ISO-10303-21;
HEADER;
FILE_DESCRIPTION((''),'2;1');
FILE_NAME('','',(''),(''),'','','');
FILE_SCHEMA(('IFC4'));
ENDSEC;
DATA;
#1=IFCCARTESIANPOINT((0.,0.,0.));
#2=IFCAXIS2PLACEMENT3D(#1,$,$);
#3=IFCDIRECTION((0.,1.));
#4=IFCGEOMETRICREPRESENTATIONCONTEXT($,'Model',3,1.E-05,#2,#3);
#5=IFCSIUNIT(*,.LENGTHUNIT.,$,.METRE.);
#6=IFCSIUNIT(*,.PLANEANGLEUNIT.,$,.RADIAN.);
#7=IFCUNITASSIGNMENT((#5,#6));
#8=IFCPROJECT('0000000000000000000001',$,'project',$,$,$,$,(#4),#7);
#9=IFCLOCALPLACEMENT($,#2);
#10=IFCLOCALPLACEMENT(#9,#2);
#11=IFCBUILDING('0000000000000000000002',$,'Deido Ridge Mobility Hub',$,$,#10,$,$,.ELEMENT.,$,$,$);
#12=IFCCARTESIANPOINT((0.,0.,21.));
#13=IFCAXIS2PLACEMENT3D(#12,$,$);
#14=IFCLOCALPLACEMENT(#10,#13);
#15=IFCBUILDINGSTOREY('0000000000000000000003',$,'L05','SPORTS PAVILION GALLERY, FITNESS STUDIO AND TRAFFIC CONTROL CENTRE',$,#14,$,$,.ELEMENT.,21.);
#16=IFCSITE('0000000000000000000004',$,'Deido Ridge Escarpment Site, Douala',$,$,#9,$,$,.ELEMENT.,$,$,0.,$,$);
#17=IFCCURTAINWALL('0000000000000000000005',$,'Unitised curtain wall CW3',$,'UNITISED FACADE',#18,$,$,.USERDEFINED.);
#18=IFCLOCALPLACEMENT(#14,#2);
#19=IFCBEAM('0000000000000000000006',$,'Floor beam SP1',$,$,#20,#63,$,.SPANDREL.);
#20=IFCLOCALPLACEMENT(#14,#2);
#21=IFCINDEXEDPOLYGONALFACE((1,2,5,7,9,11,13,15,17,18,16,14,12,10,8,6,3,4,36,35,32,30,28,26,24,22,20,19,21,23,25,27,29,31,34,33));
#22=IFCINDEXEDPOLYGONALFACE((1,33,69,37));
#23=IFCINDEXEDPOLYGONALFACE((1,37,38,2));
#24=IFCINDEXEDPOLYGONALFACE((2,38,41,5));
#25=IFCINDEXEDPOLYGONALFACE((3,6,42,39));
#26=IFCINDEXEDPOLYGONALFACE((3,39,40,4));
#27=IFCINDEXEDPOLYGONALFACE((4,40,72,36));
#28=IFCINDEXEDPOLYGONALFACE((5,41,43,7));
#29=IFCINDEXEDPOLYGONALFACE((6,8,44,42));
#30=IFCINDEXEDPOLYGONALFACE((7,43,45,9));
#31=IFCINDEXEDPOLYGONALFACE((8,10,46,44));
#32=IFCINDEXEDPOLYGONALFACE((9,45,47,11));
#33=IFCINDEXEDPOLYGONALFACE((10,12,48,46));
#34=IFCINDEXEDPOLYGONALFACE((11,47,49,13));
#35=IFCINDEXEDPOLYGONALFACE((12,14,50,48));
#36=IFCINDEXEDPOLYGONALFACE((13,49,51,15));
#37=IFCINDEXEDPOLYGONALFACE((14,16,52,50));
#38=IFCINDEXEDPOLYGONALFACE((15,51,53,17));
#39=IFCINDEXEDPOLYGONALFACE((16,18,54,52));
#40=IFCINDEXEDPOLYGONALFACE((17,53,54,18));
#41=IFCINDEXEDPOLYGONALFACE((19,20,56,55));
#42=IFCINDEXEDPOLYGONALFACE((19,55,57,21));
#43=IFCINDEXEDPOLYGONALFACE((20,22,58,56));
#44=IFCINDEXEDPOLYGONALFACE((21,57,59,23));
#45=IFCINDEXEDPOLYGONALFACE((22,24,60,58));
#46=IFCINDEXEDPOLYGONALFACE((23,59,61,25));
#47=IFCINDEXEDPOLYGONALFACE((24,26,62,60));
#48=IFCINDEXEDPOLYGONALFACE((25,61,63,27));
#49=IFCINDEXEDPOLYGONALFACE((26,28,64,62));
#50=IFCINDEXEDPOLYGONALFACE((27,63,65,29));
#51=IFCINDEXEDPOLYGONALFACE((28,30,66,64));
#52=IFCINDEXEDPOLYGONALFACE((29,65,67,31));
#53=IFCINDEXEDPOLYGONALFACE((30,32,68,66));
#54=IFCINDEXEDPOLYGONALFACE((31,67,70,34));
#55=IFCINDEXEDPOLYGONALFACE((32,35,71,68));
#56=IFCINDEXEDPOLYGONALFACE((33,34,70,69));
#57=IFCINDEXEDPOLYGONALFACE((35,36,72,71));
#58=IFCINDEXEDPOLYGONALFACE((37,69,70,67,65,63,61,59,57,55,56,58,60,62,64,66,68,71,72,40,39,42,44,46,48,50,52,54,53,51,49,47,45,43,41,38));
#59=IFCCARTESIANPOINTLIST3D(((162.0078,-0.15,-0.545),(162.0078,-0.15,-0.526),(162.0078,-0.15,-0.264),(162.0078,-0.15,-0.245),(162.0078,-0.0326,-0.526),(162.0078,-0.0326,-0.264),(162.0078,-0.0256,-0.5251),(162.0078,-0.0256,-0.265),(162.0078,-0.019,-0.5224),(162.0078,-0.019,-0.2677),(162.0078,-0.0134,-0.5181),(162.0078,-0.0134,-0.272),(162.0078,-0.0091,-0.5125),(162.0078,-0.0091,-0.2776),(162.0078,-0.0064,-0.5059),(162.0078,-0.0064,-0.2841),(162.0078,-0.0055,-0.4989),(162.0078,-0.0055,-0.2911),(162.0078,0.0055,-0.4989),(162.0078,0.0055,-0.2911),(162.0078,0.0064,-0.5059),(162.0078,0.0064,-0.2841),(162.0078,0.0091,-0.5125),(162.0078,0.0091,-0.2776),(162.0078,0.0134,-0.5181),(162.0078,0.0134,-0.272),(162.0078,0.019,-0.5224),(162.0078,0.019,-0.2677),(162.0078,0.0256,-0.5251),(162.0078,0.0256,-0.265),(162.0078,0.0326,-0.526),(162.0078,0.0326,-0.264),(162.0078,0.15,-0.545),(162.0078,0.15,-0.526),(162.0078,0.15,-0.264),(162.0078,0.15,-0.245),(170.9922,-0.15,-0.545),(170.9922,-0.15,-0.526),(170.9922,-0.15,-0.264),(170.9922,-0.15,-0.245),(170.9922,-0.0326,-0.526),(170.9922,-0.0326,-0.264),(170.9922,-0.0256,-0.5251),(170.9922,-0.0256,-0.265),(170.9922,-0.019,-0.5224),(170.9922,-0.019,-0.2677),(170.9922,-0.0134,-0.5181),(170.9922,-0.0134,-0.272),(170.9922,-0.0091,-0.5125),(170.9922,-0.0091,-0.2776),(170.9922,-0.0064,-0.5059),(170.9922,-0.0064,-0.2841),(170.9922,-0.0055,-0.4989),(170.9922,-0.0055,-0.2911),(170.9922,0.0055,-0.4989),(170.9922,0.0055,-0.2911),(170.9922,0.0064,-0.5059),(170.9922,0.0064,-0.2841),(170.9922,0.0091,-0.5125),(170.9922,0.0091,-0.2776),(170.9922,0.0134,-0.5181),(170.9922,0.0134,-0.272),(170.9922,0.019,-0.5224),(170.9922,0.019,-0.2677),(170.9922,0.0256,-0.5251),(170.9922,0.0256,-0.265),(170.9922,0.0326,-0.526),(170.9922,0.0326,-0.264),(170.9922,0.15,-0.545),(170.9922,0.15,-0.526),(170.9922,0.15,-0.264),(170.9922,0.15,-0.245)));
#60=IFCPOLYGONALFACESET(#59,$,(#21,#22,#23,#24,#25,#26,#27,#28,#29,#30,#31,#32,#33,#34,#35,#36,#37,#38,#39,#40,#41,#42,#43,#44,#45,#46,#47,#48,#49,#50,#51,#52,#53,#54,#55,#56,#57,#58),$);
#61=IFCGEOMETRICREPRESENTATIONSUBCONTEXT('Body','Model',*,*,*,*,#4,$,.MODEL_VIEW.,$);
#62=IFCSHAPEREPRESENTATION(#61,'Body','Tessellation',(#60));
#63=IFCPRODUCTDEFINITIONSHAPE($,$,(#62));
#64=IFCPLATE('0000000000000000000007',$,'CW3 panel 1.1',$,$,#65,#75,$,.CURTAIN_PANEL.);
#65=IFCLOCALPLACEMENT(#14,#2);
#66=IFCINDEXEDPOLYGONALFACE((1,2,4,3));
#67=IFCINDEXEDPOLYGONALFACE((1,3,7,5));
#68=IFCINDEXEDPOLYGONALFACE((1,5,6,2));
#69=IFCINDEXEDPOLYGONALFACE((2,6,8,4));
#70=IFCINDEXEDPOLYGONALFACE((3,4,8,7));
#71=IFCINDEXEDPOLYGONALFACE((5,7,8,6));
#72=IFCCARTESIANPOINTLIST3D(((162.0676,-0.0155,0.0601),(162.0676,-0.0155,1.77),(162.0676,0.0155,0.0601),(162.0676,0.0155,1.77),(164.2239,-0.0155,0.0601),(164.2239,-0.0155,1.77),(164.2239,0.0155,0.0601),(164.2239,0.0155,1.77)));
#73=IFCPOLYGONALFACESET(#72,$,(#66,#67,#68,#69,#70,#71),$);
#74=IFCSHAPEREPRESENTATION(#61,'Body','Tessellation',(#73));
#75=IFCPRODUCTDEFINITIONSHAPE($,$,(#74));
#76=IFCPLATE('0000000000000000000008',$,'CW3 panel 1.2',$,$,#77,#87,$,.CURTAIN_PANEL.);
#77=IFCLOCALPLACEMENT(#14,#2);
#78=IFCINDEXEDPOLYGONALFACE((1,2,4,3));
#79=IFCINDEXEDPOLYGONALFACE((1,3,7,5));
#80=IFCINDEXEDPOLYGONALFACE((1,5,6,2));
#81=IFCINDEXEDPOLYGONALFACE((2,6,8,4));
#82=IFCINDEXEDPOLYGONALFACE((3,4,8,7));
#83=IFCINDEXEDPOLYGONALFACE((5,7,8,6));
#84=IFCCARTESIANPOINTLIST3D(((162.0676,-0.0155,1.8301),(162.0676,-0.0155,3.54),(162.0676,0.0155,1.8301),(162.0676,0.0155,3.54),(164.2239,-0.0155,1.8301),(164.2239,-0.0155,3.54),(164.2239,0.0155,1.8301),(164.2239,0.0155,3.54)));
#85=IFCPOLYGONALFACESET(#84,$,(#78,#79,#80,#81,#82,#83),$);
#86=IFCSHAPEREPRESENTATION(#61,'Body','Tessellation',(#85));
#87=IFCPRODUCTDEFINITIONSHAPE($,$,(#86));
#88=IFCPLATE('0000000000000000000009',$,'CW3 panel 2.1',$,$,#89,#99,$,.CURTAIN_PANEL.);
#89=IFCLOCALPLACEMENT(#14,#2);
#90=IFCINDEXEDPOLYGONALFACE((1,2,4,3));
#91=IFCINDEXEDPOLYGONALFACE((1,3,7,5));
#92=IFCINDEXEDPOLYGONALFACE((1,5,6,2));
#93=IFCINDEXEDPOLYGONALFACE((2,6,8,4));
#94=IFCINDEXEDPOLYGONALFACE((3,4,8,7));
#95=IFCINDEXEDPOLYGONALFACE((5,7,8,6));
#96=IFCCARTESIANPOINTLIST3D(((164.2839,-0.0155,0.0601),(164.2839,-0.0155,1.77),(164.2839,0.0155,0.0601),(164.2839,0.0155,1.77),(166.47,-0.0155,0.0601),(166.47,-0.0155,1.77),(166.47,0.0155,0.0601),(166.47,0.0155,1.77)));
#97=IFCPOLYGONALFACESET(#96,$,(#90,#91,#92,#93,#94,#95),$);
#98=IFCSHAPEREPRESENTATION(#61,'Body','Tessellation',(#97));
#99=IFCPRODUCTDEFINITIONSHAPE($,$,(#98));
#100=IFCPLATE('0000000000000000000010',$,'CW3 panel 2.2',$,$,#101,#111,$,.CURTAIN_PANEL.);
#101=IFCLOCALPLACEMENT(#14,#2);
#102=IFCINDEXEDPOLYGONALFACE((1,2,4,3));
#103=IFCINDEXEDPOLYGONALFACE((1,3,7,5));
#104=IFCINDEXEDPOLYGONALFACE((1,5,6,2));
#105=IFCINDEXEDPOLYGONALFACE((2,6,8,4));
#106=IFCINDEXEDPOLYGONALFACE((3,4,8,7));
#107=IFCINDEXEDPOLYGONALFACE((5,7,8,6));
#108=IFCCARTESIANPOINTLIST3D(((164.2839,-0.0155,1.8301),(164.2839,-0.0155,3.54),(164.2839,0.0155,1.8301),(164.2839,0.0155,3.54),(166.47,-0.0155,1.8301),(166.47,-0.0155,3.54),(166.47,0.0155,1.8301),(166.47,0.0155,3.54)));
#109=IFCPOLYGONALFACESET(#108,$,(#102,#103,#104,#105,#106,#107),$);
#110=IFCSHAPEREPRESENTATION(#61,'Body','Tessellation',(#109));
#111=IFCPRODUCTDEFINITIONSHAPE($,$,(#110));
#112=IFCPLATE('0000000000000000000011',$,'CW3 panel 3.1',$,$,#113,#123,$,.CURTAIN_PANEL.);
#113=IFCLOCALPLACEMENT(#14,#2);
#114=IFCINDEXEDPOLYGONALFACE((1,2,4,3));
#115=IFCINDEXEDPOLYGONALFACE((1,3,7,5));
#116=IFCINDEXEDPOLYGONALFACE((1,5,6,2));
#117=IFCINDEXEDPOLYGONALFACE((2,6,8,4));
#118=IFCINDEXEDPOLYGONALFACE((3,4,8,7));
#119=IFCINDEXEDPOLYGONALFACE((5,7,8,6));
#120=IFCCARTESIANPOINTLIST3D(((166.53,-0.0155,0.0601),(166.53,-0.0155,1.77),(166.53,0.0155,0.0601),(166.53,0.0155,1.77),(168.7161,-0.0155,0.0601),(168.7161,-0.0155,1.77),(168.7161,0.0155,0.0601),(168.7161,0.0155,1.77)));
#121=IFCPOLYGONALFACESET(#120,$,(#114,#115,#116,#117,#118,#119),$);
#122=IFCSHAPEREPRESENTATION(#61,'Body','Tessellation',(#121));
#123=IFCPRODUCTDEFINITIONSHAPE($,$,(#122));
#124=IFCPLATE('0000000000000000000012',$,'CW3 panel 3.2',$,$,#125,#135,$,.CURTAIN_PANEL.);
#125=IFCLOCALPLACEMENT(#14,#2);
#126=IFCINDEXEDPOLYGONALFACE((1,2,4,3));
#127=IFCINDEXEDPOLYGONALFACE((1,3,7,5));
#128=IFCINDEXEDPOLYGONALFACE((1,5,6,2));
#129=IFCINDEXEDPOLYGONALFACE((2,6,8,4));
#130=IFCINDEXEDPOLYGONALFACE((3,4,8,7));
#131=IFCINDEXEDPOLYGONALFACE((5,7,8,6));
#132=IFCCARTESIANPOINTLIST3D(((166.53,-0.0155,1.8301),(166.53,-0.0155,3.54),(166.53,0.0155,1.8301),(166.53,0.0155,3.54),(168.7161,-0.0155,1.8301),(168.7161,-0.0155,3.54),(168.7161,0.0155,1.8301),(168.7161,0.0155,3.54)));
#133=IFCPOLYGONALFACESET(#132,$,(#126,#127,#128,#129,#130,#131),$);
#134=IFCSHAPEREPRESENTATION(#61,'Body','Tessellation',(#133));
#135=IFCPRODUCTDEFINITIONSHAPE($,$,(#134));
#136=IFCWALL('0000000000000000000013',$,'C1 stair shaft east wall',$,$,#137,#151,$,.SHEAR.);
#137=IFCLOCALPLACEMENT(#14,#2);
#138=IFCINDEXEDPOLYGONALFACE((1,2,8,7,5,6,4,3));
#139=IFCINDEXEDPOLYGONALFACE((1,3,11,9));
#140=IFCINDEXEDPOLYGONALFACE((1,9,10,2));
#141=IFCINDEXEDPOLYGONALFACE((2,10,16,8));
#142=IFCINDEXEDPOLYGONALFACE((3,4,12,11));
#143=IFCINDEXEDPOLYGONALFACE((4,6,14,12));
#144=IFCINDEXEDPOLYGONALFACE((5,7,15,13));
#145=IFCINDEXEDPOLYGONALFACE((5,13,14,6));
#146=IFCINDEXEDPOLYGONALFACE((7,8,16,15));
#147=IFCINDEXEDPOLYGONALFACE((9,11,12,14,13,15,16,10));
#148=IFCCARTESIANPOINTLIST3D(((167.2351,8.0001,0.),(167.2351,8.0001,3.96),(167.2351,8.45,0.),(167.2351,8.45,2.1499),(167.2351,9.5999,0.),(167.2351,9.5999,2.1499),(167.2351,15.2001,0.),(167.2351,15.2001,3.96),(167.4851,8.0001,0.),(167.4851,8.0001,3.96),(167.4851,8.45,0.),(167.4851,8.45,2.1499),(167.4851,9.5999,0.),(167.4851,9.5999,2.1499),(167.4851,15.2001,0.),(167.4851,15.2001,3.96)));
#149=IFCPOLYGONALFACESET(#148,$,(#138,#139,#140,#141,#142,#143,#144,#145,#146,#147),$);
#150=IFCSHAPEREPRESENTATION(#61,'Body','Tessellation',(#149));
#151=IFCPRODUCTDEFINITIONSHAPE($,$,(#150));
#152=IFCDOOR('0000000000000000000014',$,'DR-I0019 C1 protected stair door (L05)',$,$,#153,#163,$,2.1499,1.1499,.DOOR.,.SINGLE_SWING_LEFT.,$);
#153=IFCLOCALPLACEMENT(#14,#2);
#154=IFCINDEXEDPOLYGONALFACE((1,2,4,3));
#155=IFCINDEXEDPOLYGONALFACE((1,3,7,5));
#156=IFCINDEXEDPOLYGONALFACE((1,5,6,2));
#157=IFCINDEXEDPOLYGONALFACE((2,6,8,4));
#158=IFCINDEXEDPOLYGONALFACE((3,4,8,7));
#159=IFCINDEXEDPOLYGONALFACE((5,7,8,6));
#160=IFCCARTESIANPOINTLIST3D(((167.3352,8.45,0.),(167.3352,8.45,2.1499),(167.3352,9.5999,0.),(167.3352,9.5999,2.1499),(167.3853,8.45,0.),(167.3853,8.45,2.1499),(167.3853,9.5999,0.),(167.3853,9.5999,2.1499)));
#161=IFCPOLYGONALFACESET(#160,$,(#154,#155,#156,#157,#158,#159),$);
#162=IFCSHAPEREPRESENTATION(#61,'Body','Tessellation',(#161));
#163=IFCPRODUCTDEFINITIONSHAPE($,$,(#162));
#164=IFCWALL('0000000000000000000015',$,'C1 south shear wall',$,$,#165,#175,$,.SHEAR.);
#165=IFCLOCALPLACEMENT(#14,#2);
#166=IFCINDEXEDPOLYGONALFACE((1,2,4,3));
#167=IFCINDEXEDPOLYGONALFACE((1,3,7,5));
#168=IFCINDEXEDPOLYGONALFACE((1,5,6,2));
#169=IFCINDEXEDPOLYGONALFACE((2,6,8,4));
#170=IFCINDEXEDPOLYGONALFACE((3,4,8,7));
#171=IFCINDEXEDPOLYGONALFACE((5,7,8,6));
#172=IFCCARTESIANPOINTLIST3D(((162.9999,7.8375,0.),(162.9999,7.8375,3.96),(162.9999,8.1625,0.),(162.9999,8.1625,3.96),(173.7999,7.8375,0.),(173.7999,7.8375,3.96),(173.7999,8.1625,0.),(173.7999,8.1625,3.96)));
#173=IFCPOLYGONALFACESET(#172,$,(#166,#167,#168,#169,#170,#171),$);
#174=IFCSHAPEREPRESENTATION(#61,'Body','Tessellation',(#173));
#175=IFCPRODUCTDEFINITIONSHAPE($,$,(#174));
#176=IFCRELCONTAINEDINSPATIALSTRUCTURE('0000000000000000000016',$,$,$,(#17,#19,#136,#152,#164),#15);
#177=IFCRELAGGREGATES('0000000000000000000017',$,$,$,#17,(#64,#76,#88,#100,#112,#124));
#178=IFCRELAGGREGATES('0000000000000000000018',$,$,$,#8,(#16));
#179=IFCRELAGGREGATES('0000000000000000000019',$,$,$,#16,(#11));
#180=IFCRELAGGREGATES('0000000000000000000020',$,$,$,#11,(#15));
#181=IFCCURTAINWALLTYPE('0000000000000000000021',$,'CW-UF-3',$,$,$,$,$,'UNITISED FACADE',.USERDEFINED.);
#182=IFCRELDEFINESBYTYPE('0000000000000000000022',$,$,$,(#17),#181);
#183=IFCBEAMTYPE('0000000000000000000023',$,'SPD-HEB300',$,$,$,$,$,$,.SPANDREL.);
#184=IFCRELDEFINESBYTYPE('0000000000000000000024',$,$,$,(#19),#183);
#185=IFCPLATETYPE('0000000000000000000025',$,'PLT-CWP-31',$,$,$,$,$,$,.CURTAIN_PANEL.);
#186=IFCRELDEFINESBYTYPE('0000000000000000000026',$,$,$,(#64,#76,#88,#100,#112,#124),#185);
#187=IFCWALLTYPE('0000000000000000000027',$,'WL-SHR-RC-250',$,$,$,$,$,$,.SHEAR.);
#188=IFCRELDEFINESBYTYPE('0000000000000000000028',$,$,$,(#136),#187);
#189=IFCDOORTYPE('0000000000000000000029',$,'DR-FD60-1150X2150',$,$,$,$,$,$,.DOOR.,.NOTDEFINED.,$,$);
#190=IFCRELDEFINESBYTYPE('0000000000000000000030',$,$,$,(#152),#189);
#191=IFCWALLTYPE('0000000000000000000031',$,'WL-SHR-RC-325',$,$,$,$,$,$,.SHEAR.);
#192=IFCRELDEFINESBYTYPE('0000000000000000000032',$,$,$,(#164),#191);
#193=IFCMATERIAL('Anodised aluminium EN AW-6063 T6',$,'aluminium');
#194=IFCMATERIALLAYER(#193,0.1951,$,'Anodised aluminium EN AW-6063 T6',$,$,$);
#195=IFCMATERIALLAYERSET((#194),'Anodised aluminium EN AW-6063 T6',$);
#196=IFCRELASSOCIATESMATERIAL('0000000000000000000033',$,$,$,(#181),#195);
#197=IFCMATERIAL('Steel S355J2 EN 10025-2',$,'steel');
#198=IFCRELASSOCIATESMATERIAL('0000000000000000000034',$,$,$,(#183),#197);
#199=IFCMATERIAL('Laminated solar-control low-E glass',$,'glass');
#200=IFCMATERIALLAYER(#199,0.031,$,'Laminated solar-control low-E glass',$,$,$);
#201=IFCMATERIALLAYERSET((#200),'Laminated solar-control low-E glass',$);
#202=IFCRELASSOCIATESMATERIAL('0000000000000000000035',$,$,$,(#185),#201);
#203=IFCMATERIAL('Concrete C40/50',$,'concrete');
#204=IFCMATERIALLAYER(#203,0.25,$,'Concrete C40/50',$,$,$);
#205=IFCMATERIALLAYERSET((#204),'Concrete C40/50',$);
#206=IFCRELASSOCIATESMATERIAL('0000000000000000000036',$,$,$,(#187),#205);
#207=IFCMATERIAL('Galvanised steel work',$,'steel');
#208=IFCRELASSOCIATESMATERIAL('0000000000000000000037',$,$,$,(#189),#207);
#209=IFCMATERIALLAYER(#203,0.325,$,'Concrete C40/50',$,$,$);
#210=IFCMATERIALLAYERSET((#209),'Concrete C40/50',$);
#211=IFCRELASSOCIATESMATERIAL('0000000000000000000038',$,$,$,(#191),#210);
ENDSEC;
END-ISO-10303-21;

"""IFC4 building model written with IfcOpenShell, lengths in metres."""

from ifc_helpers import new_model, si_unit, direction, frame, frame_2d, origin, origin_2d, place, context, subcontext, project, spatial, rectangle, i_section, extrude, material, layer, layer_set, material_profile, profile_set, type_object, element, fill, aggregate, save


model = new_model("IFC4")

# Units and contexts
model_context = context("Model", 3, precision=1e-05, world=origin(), true_north=direction((0.0, 1.0)))
body_context = subcontext(model_context, "Body", "Model", "MODEL_VIEW")
ifc_project = project(units=[si_unit("LENGTHUNIT", "METRE"), si_unit("PLANEANGLEUNIT", "RADIAN")], contexts=[model_context])

# Site, building, storey
site_placement = place(None, origin())
site = spatial("IfcSite", under=ifc_project, at=site_placement, Name="Deido Ridge Escarpment Site, Douala", CompositionType="ELEMENT", RefElevation=0.0)
building_placement = place(site_placement, origin())
building = spatial("IfcBuilding", under=site, at=building_placement, Name="Deido Ridge Mobility Hub", CompositionType="ELEMENT")
storey_placement = place(building_placement, frame((0.0, 0.0, 21.0)))
storey = spatial("IfcBuildingStorey", under=building, at=storey_placement, Name="L05", Description="SPORTS PAVILION GALLERY, FITNESS STUDIO AND TRAFFIC CONTROL CENTRE", CompositionType="ELEMENT", Elevation=21.0)

# Shared definitions
ifc_material_1 = material(Name="Steel S355J2 EN 10025-2", Category="steel")

# Curtain wall
ifc_material_2 = material(Name="Anodised aluminium EN AW-6063 T6", Category="aluminium")
ifc_layer_1 = layer(ifc_material_2, 0.1951, Name="Anodised aluminium EN AW-6063 T6")
ifc_layer_set_1 = layer_set([ifc_layer_1], Name="Anodised aluminium EN AW-6063 T6")
curtain_wall_type = type_object("IfcCurtainWallType", Name="CW-UF-3", ElementType="UNITISED FACADE", PredefinedType="USERDEFINED", material=ifc_layer_set_1)
curtain_wall_placement = place(storey_placement, origin())
curtain_wall = element("IfcCurtainWall", 1, at=curtain_wall_placement, inside=storey, type_object=curtain_wall_type, Name="Unitised curtain wall CW3", ObjectType="UNITISED FACADE", PredefinedType="USERDEFINED")

# Beam
ifc_material_profile_1 = material_profile(ifc_material_1, i_section(OverallWidth=0.3, OverallDepth=0.3, WebThickness=0.011, FlangeThickness=0.019, FilletRadius=0.0271, at=origin_2d()), Name="HEB 300")
ifc_profile_set_1 = profile_set([ifc_material_profile_1], Name="Steel S355J2 EN 10025-2")
beam_type_1 = type_object("IfcBeamType", Name="SPD-HEB300", PredefinedType="SPANDREL", material=ifc_profile_set_1)
beam_1_placement = place(storey_placement, frame((162.0078, 0.0, -0.395), z_axis=(1.0, 0.0, 0.0), x_axis=(0.0, 1.0, 0.0)))
element("IfcBeam", 2, at=beam_1_placement, inside=storey, type_object=beam_type_1, Name="Floor beam SP1", PredefinedType="SPANDREL", context=body_context, shape_type="SweptSolid", body=[
    extrude(i_section(OverallWidth=0.3, OverallDepth=0.3, WebThickness=0.011, FlangeThickness=0.019, FilletRadius=0.0271, at=origin_2d()), origin(), (0.0, 0.0, 1.0), 8.9844),
])

# Plates
ifc_material_3 = material(Name="Laminated solar-control low-E glass", Category="glass")
ifc_layer_2 = layer(ifc_material_3, 0.031, Name="Laminated solar-control low-E glass")
ifc_layer_set_2 = layer_set([ifc_layer_2], Name="Laminated solar-control low-E glass")
plate_type = type_object("IfcPlateType", Name="PLT-CWP-31", PredefinedType="CURTAIN_PANEL", material=ifc_layer_set_2)
plate_1_placement = place(storey_placement, frame((163.1458, 0.0, 0.0601), z_axis=(0.0, 0.0, 1.0), x_axis=(1.0, 0.0, 0.0)))
plate_1 = element("IfcPlate", 3, at=plate_1_placement, type_object=plate_type, Name="CW3 panel 1.1", PredefinedType="CURTAIN_PANEL", context=body_context, shape_type="SweptSolid", body=[
    extrude(rectangle(XDim=2.1562, YDim=0.031, at=origin_2d()), origin(), (0.0, 0.0, 1.0), 1.71),
])
plate_2_placement = place(storey_placement, frame((163.1458, 0.0, 1.8301), z_axis=(0.0, 0.0, 1.0), x_axis=(1.0, 0.0, 0.0)))
plate_2 = element("IfcPlate", 4, at=plate_2_placement, type_object=plate_type, Name="CW3 panel 1.2", PredefinedType="CURTAIN_PANEL", context=body_context, shape_type="SweptSolid", body=[
    extrude(rectangle(XDim=2.1562, YDim=0.031, at=origin_2d()), origin(), (0.0, 0.0, 1.0), 1.71),
])
plate_3_placement = place(storey_placement, frame((165.377, 0.0, 0.0601), z_axis=(0.0, 0.0, 1.0), x_axis=(1.0, 0.0, 0.0)))
plate_3 = element("IfcPlate", 5, at=plate_3_placement, type_object=plate_type, Name="CW3 panel 2.1", PredefinedType="CURTAIN_PANEL", context=body_context, shape_type="SweptSolid", body=[
    extrude(rectangle(XDim=2.186, YDim=0.031, at=origin_2d()), origin(), (0.0, 0.0, 1.0), 1.71),
])
plate_4_placement = place(storey_placement, frame((165.377, 0.0, 1.8301), z_axis=(0.0, 0.0, 1.0), x_axis=(1.0, 0.0, 0.0)))
plate_4 = element("IfcPlate", 6, at=plate_4_placement, type_object=plate_type, Name="CW3 panel 2.2", PredefinedType="CURTAIN_PANEL", context=body_context, shape_type="SweptSolid", body=[
    extrude(rectangle(XDim=2.186, YDim=0.031, at=origin_2d()), origin(), (0.0, 0.0, 1.0), 1.71),
])
plate_5_placement = place(storey_placement, frame((167.623, 0.0, 0.0601), z_axis=(0.0, 0.0, 1.0), x_axis=(1.0, 0.0, 0.0)))
plate_5 = element("IfcPlate", 7, at=plate_5_placement, type_object=plate_type, Name="CW3 panel 3.1", PredefinedType="CURTAIN_PANEL", context=body_context, shape_type="SweptSolid", body=[
    extrude(rectangle(XDim=2.186, YDim=0.031, at=origin_2d()), origin(), (0.0, 0.0, 1.0), 1.71),
])
plate_6_placement = place(storey_placement, frame((167.623, 0.0, 1.8301), z_axis=(0.0, 0.0, 1.0), x_axis=(1.0, 0.0, 0.0)))
plate_6 = element("IfcPlate", 8, at=plate_6_placement, type_object=plate_type, Name="CW3 panel 3.2", PredefinedType="CURTAIN_PANEL", context=body_context, shape_type="SweptSolid", body=[
    extrude(rectangle(XDim=2.186, YDim=0.031, at=origin_2d()), origin(), (0.0, 0.0, 1.0), 1.71),
])
aggregate(curtain_wall, [plate_1, plate_2, plate_3, plate_4, plate_5, plate_6])

# Wall, opening, door
ifc_material_4 = material(Name="Concrete C40/50", Category="concrete")
ifc_layer_3 = layer(ifc_material_4, 0.25, Name="Concrete C40/50")
ifc_layer_set_3 = layer_set([ifc_layer_3], Name="Concrete C40/50")
wall_type_1 = type_object("IfcWallType", Name="WL-SHR-RC-250", PredefinedType="SHEAR", material=ifc_layer_set_3)
wall_1_placement = place(storey_placement, frame((167.3601, 8.0, 0.0), z_axis=(0.0, 0.0, 1.0), x_axis=(0.0, 1.0, 0.0)))
wall_1 = element("IfcWall", 9, at=wall_1_placement, inside=storey, type_object=wall_type_1, Name="C1 stair shaft east wall", PredefinedType="SHEAR", context=body_context, shape_type="SweptSolid", body=[
    extrude(rectangle(XDim=7.2, YDim=0.25, at=frame_2d((3.6001, 0.0))), origin(), (0.0, 0.0, 1.0), 3.96),
])
opening_placement = place(wall_1_placement, frame((0.45, 0.0, 0.0)))
opening = element("IfcOpeningElement", 10, at=opening_placement, cuts=wall_1, PredefinedType="OPENING", context=body_context, shape_type="SweptSolid", body=[
    extrude(rectangle(XDim=1.1499, YDim=2.1499, at=frame_2d((0.575, 1.075))), frame((0.0, 0.135, 0.0), z_axis=(0.0, -1.0, 0.0), x_axis=(1.0, 0.0, 0.0)), (0.0, 0.0, 1.0), 0.27),
])
ifc_material_5 = material(Name="Galvanised steel work", Category="steel")
door_type = type_object("IfcDoorType", Name="DR-FD60-1150X2150", OperationType="NOTDEFINED", PredefinedType="DOOR", material=ifc_material_5)
door_placement = place(opening_placement, origin())
door = element("IfcDoor", 11, at=door_placement, inside=storey, type_object=door_type, Name="DR-I0019 C1 protected stair door (L05)", OperationType="SINGLE_SWING_LEFT", OverallHeight=2.1499, OverallWidth=1.1499, PredefinedType="DOOR", context=body_context, shape_type="SweptSolid", body=[
    extrude(rectangle(XDim=1.1499, YDim=2.1499, at=frame_2d((0.575, 1.075))), frame((0.0, 0.0249, 0.0), z_axis=(0.0, -1.0, 0.0), x_axis=(1.0, 0.0, 0.0)), (0.0, 0.0, 1.0), 0.05),
])
fill(opening, door)

# Wall
ifc_layer_4 = layer(ifc_material_4, 0.325, Name="Concrete C40/50")
ifc_layer_set_4 = layer_set([ifc_layer_4], Name="Concrete C40/50")
wall_type_2 = type_object("IfcWallType", Name="WL-SHR-RC-325", PredefinedType="SHEAR", material=ifc_layer_set_4)
wall_2_placement = place(storey_placement, frame((163.0, 8.0, 0.0), z_axis=(0.0, 0.0, 1.0), x_axis=(1.0, 0.0, 0.0)))
element("IfcWall", 12, at=wall_2_placement, inside=storey, type_object=wall_type_2, Name="C1 south shear wall", PredefinedType="SHEAR", context=body_context, shape_type="SweptSolid", body=[
    extrude(rectangle(XDim=10.8, YDim=0.325, at=frame_2d((5.3999, 0.0))), origin(), (0.0, 0.0, 1.0), 3.96),
])

save(model, "model.ifc")
